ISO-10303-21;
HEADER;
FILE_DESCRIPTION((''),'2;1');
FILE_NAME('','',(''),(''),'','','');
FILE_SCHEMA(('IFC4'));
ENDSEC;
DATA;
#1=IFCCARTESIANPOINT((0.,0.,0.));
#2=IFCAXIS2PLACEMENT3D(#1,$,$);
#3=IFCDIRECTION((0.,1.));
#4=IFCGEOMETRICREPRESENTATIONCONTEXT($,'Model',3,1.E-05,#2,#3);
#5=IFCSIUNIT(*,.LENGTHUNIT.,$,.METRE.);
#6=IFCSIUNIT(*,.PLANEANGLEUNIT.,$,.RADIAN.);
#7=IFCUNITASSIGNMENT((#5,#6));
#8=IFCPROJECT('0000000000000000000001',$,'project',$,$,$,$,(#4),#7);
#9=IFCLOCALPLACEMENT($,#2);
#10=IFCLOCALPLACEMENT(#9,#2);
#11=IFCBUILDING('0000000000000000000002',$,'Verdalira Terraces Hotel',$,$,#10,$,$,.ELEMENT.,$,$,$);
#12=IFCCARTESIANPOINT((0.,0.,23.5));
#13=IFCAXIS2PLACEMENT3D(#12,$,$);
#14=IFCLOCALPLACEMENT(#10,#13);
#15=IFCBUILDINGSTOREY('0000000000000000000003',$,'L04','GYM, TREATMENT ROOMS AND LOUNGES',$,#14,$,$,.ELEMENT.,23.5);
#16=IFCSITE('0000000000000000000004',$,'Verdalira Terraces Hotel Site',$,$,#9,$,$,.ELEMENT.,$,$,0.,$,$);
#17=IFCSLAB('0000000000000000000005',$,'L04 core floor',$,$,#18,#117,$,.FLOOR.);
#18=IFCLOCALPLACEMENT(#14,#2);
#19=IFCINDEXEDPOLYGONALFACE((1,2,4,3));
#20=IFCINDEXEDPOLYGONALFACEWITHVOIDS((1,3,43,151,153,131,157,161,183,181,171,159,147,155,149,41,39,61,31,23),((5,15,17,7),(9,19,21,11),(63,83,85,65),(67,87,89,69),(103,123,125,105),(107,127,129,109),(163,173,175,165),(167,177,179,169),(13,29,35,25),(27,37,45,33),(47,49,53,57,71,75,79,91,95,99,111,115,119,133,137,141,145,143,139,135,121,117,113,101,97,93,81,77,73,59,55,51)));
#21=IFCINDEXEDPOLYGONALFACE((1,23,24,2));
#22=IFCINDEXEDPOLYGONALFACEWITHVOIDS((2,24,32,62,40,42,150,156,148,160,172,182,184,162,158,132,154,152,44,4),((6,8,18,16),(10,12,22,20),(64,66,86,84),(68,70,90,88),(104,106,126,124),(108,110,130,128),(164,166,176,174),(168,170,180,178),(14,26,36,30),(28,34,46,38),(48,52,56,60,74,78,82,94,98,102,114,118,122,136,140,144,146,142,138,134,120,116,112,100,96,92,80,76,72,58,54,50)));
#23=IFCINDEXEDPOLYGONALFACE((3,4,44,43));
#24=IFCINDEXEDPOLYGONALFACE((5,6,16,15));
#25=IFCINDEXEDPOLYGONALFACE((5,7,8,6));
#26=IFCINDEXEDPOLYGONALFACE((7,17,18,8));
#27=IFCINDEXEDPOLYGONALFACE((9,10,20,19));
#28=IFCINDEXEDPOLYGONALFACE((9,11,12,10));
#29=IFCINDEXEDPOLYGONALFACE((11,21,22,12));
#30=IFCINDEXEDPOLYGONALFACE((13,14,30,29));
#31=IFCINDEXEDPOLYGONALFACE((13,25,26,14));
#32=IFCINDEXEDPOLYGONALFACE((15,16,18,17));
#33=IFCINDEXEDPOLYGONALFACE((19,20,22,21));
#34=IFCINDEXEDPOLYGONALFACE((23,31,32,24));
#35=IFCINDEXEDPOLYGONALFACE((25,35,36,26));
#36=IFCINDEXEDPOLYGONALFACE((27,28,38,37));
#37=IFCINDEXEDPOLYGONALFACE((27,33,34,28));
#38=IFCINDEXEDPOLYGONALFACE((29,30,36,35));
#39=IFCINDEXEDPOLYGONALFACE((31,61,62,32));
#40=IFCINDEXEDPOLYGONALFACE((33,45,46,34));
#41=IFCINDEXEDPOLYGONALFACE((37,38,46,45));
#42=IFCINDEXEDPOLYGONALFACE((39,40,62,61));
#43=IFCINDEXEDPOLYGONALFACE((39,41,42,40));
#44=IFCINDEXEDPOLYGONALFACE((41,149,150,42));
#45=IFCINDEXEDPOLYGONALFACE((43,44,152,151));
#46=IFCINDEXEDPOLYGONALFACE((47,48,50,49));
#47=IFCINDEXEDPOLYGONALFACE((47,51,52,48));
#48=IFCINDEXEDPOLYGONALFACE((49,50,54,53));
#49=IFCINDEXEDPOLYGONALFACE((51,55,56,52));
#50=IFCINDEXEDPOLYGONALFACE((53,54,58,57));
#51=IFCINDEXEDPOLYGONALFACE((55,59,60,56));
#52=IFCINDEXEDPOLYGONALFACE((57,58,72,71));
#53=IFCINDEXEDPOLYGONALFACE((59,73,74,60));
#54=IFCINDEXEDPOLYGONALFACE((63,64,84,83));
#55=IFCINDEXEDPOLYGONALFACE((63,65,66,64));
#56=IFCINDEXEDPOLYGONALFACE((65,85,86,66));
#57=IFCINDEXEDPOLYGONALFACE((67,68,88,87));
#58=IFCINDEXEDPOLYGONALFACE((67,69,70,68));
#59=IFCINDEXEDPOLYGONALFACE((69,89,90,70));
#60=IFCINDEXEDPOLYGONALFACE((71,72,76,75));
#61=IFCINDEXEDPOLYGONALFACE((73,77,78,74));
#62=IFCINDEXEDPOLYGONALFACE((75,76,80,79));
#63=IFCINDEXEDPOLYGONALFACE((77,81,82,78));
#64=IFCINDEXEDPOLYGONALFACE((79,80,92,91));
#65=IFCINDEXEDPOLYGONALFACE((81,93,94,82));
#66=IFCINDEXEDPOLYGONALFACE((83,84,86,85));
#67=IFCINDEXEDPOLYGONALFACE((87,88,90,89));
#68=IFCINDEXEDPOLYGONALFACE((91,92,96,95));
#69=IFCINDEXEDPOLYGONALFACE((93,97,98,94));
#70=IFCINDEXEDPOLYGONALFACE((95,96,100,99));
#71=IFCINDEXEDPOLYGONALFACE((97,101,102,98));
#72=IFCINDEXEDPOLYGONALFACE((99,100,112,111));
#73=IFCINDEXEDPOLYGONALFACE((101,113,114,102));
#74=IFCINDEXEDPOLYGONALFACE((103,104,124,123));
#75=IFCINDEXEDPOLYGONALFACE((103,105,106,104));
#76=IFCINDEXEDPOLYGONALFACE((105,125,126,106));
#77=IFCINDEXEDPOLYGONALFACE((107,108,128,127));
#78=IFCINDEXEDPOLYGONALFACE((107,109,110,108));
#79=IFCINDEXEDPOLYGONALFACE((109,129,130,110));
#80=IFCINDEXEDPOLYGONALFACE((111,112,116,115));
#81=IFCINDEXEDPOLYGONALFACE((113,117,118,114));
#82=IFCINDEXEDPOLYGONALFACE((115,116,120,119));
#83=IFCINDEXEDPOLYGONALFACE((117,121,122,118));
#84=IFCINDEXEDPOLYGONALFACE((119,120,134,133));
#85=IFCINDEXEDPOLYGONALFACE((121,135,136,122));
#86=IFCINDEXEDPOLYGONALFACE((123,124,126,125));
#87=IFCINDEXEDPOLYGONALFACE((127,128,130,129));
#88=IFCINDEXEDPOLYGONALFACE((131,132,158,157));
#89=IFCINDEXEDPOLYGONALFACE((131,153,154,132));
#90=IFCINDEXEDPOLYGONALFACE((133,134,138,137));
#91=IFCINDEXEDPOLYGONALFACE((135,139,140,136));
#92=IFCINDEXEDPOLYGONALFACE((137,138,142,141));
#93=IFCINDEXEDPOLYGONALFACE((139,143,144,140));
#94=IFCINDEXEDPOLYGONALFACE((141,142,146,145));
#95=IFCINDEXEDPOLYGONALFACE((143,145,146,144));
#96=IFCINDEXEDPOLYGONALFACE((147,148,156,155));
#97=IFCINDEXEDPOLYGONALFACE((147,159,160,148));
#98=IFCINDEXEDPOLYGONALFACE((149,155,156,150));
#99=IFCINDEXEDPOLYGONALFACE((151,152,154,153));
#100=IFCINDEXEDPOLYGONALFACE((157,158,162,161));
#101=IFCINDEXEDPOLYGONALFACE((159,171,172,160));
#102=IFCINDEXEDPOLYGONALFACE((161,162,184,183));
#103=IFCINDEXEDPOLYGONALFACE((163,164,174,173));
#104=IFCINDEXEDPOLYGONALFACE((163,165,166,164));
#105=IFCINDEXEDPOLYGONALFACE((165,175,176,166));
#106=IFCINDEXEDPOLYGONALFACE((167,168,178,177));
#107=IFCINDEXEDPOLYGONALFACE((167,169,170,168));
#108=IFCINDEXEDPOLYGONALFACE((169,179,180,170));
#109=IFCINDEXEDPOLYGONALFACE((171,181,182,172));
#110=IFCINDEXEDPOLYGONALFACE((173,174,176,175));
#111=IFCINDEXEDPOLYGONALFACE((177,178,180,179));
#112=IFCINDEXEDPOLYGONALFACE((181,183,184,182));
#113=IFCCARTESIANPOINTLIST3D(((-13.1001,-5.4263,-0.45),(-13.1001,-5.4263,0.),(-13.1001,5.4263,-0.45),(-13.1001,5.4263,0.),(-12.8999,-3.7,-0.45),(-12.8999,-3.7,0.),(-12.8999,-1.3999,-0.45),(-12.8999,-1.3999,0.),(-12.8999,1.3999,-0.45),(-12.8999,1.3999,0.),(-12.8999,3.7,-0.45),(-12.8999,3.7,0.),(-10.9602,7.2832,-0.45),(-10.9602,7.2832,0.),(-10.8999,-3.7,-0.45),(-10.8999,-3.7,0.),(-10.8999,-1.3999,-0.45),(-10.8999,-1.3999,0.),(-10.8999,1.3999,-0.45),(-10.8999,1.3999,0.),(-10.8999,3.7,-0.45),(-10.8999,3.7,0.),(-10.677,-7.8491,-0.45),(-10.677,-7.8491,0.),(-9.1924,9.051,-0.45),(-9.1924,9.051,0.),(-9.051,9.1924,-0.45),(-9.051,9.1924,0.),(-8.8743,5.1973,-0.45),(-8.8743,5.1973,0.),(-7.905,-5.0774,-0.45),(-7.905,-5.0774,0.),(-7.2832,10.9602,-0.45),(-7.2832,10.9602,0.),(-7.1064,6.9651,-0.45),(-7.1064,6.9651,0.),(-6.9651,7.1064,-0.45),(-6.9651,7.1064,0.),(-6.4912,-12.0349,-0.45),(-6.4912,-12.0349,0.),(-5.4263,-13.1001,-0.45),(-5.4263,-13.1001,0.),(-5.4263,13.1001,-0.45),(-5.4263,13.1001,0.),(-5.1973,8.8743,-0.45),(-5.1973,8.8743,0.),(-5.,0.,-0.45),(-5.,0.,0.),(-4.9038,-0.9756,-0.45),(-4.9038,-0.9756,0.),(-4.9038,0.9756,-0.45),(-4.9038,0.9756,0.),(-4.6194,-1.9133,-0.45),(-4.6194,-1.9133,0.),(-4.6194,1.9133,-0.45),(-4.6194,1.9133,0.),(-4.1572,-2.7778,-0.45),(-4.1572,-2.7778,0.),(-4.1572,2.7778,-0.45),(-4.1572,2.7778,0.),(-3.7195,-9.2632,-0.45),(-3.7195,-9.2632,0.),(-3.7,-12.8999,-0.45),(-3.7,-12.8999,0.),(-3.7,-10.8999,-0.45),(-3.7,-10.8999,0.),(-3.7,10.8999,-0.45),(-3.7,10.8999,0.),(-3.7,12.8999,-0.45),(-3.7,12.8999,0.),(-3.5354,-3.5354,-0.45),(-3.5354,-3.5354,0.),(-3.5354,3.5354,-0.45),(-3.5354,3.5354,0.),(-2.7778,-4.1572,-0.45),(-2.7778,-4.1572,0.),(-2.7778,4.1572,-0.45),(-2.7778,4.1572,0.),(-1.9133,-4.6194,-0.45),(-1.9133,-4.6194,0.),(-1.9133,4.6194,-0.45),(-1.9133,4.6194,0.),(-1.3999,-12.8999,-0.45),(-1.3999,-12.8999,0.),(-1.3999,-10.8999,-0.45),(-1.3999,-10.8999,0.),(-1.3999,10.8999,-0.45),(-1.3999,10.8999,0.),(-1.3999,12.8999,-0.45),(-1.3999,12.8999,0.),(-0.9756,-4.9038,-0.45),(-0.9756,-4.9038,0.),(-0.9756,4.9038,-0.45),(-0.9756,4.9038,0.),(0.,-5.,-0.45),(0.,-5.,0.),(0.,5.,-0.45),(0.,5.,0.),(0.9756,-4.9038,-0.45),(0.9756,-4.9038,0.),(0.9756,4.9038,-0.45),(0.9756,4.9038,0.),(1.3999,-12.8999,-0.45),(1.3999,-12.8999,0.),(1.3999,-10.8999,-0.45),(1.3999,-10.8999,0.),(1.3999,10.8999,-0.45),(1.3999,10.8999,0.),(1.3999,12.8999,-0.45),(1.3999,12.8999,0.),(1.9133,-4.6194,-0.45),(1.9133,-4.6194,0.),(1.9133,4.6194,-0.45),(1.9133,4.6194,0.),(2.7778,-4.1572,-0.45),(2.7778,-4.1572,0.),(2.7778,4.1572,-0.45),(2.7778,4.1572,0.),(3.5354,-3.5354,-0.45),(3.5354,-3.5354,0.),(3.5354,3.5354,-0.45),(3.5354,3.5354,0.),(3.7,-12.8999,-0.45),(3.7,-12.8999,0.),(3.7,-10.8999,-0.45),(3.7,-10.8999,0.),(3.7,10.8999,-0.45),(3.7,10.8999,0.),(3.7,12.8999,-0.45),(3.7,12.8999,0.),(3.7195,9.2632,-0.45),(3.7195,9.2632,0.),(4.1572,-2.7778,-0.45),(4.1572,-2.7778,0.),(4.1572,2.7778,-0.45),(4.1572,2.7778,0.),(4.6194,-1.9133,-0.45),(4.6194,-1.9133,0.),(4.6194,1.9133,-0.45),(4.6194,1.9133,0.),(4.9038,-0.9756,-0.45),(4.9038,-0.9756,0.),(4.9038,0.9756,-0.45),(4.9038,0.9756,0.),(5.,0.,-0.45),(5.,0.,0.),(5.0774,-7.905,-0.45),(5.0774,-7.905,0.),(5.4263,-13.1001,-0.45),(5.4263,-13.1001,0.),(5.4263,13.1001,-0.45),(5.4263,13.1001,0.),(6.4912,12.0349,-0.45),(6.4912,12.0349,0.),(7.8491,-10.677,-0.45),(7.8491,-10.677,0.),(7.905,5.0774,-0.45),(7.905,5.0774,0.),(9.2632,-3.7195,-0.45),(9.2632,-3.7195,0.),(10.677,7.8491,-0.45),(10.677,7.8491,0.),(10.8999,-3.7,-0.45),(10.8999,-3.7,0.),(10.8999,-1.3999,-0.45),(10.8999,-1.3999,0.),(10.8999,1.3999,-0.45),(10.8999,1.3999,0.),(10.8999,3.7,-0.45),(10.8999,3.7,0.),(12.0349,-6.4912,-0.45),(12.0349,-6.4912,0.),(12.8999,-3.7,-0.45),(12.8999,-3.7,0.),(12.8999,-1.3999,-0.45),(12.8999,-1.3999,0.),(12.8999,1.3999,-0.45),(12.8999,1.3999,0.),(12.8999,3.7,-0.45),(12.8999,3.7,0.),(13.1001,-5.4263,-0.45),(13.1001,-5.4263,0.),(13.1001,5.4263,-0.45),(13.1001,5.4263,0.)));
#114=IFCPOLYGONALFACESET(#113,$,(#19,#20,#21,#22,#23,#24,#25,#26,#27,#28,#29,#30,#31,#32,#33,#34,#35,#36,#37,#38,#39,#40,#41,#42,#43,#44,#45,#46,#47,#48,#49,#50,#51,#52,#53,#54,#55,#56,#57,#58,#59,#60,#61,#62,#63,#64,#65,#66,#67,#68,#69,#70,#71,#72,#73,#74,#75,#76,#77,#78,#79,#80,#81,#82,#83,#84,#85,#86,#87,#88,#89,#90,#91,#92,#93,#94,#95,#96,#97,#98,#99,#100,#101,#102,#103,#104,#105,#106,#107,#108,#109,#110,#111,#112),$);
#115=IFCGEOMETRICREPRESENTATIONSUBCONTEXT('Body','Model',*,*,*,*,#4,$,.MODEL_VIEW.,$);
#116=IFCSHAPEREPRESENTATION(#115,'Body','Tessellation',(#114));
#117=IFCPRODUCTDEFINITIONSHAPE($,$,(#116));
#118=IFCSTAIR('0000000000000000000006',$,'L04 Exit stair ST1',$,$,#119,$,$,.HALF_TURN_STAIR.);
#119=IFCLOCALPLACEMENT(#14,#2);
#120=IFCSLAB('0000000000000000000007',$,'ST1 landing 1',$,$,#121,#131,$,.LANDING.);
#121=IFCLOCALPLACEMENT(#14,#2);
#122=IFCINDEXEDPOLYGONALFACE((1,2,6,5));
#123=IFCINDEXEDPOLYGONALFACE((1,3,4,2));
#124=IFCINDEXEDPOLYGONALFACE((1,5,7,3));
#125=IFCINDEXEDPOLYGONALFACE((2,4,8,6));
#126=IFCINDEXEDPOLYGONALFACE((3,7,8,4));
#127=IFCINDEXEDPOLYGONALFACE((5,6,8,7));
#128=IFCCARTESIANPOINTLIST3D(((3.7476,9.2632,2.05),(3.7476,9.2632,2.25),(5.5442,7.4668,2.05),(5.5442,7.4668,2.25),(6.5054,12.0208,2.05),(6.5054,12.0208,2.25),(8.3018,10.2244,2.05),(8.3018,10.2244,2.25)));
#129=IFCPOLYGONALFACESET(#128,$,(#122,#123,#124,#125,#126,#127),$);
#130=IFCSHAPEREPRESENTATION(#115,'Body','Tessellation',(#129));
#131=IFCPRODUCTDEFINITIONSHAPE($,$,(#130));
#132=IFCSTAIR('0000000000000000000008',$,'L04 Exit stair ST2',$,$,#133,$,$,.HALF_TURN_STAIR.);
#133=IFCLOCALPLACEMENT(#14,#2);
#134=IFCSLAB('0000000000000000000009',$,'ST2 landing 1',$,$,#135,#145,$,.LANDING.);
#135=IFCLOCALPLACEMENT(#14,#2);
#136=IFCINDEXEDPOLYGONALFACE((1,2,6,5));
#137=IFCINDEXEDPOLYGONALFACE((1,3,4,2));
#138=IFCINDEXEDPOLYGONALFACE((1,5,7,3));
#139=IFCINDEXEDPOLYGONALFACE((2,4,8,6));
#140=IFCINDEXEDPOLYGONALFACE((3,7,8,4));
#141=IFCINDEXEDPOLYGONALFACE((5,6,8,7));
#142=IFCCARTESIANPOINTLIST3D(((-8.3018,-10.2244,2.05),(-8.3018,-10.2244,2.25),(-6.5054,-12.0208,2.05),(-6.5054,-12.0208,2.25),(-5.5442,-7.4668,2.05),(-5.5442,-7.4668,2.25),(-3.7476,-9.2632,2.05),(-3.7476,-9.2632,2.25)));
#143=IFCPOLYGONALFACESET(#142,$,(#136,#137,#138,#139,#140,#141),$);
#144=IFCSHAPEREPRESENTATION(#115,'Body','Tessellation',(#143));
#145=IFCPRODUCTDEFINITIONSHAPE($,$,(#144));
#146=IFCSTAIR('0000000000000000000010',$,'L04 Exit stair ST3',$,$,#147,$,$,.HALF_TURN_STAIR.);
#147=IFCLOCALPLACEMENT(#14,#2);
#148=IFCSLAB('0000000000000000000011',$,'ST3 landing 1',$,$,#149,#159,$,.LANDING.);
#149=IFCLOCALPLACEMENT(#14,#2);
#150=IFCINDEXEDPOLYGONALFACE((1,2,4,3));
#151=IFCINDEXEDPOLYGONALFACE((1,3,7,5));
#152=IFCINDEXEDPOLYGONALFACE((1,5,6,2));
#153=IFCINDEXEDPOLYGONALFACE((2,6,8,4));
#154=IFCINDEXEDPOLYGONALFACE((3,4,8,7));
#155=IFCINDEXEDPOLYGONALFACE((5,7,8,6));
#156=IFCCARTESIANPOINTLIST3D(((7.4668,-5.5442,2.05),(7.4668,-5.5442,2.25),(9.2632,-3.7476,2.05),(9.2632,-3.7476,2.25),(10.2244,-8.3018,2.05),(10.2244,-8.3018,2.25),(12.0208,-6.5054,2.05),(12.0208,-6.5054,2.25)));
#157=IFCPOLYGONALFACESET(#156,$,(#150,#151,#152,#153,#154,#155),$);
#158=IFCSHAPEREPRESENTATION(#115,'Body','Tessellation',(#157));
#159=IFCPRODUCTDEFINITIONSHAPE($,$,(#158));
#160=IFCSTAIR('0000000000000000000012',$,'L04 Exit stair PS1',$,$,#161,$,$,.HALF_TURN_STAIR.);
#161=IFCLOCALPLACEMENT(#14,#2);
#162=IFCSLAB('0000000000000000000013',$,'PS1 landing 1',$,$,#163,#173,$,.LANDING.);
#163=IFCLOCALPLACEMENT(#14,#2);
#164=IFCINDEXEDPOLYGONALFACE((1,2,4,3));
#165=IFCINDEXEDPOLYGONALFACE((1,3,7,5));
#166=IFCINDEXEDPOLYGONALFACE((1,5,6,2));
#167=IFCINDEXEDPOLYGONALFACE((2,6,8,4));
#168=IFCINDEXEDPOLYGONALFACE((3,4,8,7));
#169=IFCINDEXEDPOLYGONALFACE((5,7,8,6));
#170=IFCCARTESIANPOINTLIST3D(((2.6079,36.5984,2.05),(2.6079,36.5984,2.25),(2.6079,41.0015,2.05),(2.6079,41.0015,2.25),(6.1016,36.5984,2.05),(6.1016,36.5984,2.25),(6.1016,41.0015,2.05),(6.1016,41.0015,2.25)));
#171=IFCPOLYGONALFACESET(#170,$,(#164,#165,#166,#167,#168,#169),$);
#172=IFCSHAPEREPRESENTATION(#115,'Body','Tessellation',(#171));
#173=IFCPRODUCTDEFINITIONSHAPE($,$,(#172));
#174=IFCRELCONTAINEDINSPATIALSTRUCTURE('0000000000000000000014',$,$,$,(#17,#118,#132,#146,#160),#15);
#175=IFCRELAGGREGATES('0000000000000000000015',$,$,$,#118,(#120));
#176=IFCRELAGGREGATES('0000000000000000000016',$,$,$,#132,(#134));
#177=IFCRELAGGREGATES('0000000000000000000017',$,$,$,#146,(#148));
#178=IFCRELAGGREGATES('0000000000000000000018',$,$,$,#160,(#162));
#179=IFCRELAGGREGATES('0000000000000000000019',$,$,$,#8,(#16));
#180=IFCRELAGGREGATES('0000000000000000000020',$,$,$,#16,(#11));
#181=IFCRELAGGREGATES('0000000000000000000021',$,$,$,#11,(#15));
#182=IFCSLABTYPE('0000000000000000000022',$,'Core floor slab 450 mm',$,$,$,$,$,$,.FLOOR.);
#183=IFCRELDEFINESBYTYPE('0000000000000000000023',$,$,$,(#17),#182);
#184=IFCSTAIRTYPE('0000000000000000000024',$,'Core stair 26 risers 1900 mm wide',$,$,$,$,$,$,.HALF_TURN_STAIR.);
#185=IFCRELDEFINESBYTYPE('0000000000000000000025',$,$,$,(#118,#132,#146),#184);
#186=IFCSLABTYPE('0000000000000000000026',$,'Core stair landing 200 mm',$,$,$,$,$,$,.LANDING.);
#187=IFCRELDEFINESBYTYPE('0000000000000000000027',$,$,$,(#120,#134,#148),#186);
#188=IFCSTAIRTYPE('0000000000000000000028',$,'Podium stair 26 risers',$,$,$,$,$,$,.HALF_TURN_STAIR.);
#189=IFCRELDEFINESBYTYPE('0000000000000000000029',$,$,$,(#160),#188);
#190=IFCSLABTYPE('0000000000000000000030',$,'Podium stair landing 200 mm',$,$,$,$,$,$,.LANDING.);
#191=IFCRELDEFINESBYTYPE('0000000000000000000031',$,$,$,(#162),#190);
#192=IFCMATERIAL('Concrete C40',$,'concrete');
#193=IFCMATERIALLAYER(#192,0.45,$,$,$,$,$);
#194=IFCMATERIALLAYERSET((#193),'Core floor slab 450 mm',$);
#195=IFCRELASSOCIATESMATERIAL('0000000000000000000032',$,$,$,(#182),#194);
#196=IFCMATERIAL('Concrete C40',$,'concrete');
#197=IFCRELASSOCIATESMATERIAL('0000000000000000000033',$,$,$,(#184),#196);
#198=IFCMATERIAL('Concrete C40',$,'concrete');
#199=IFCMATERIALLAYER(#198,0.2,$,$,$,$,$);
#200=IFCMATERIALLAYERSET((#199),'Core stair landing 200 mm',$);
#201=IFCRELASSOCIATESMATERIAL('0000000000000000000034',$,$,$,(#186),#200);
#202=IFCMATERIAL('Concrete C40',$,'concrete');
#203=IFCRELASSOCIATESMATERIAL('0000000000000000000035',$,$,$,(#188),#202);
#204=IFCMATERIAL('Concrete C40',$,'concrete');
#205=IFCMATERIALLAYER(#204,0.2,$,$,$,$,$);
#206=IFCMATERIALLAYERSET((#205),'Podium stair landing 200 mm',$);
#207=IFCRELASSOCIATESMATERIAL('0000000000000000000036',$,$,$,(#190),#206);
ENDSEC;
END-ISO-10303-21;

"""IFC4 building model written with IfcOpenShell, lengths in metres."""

from ifc_helpers import new_model, si_unit, direction, frame, origin, place, context, subcontext, project, spatial, polyline, outline, extrude, material, layer, layer_set, type_object, element, aggregate, save


model = new_model("IFC4")

# Units and contexts
model_context = context("Model", 3, precision=1e-05, world=origin(), true_north=direction((0.0, 1.0)))
body_context = subcontext(model_context, "Body", "Model", "MODEL_VIEW")
ifc_project = project(units=[si_unit("LENGTHUNIT", "METRE"), si_unit("PLANEANGLEUNIT", "RADIAN")], contexts=[model_context])

# Site, building, storey
site_placement = place(None, origin())
site = spatial("IfcSite", under=ifc_project, at=site_placement, Name="Verdalira Terraces Hotel Site", CompositionType="ELEMENT", RefElevation=0.0)
building_placement = place(site_placement, origin())
building = spatial("IfcBuilding", under=site, at=building_placement, Name="Verdalira Terraces Hotel", CompositionType="ELEMENT")
storey_placement = place(building_placement, frame((0.0, 0.0, 23.5)))
storey = spatial("IfcBuildingStorey", under=building, at=storey_placement, Name="L04", Description="GYM, TREATMENT ROOMS AND LOUNGES", CompositionType="ELEMENT", Elevation=23.5)

# Slab
ifc_material_1 = material(Name="Concrete C40", Category="concrete")
ifc_layer_1 = layer(ifc_material_1, 0.45)
ifc_layer_set_1 = layer_set([ifc_layer_1], Name="Core floor slab 450 mm")
slab_type_1 = type_object("IfcSlabType", Name="Core floor slab 450 mm", PredefinedType="FLOOR", material=ifc_layer_set_1)
slab_1_placement = place(storey_placement, frame((0.0, 0.0, -0.45)))
element("IfcSlab", 1, at=slab_1_placement, inside=storey, type_object=slab_type_1, Name="L04 core floor", PredefinedType="FLOOR", context=body_context, shape_type="SweptSolid", body=[
    extrude(outline(polyline([(-5.4263, 13.1001), (5.4263, 13.1001), (6.4912, 12.0349), (3.7195, 9.2632), (7.905, 5.0774), (10.677, 7.8491), (13.1001, 5.4263), (13.1001, -5.4263), (12.0349, -6.4912), (9.2632, -3.7195), (5.0774, -7.905), (7.8491, -10.677), (5.4263, -13.1001), (-5.4263, -13.1001), (-6.4912, -12.0349), (-3.7195, -9.2632), (-7.905, -5.0774), (-10.677, -7.8491), (-13.1001, -5.4263), (-13.1001, 5.4263), (-5.4263, 13.1001)]), holes=[polyline([(12.8999, -3.7), (12.8999, -1.3999), (10.8999, -1.3999), (10.8999, -3.7), (12.8999, -3.7)]), polyline([(12.8999, 1.3999), (12.8999, 3.7), (10.8999, 3.7), (10.8999, 1.3999), (12.8999, 1.3999)]), polyline([(1.3999, 10.8999), (3.7, 10.8999), (3.7, 12.8999), (1.3999, 12.8999), (1.3999, 10.8999)]), polyline([(-3.7, 10.8999), (-1.3999, 10.8999), (-1.3999, 12.8999), (-3.7, 12.8999), (-3.7, 10.8999)]), polyline([(-12.8999, 3.7), (-12.8999, 1.3999), (-10.8999, 1.3999), (-10.8999, 3.7), (-12.8999, 3.7)]), polyline([(-12.8999, -1.3999), (-12.8999, -3.7), (-10.8999, -3.7), (-10.8999, -1.3999), (-12.8999, -1.3999)]), polyline([(-1.3999, -10.8999), (-3.7, -10.8999), (-3.7, -12.8999), (-1.3999, -12.8999), (-1.3999, -10.8999)]), polyline([(3.7, -10.8999), (1.3999, -10.8999), (1.3999, -12.8999), (3.7, -12.8999), (3.7, -10.8999)]), polyline([(-9.051, 9.1924), (-6.9651, 7.1064), (-5.1973, 8.8743), (-7.2832, 10.9602), (-9.051, 9.1924)]), polyline([(-9.1924, 9.051), (-10.9602, 7.2832), (-8.8743, 5.1973), (-7.1064, 6.9651), (-9.1924, 9.051)]), polyline([(3.5354, 3.5354), (2.7778, 4.1572), (1.9133, 4.6194), (0.9756, 4.9038), (0.0, 5.0), (-0.9756, 4.9038), (-1.9133, 4.6194), (-2.7778, 4.1572), (-3.5354, 3.5354), (-4.1572, 2.7778), (-4.6194, 1.9133), (-4.9038, 0.9756), (-5.0, 0.0), (-4.9038, -0.9756), (-4.6194, -1.9133), (-4.1572, -2.7778), (-3.5354, -3.5354), (-2.7778, -4.1572), (-1.9133, -4.6194), (-0.9756, -4.9038), (0.0, -5.0), (0.9756, -4.9038), (1.9133, -4.6194), (2.7778, -4.1572), (3.5354, -3.5354), (4.1572, -2.7778), (4.6194, -1.9133), (4.9038, -0.9756), (5.0, 0.0), (4.9038, 0.9756), (4.6194, 1.9133), (4.1572, 2.7778), (3.5354, 3.5354)])]), origin(), (0.0, 0.0, 1.0), 0.45),
])

# Stairs, slabs
ifc_material_2 = material(Name="Concrete C40", Category="concrete")
stair_type_1 = type_object("IfcStairType", Name="Core stair 26 risers 1900 mm wide", PredefinedType="HALF_TURN_STAIR", material=ifc_material_2)
stair_1_placement = place(storey_placement, origin())
stair_1 = element("IfcStair", 2, at=stair_1_placement, inside=storey, type_object=stair_type_1, Name="L04 Exit stair ST1", PredefinedType="HALF_TURN_STAIR")
ifc_material_3 = material(Name="Concrete C40", Category="concrete")
ifc_layer_2 = layer(ifc_material_3, 0.2)
ifc_layer_set_2 = layer_set([ifc_layer_2], Name="Core stair landing 200 mm")
slab_type_2 = type_object("IfcSlabType", Name="Core stair landing 200 mm", PredefinedType="LANDING", material=ifc_layer_set_2)
slab_2_placement = place(storey_placement, frame((0.0, 0.0, 2.05)))
slab_2 = element("IfcSlab", 3, at=slab_2_placement, type_object=slab_type_2, Name="ST1 landing 1", PredefinedType="LANDING", context=body_context, shape_type="SweptSolid", body=[
    extrude(outline(polyline([(8.3018, 10.2244), (6.5054, 12.0208), (3.7476, 9.2632), (5.5442, 7.4668), (8.3018, 10.2244)])), origin(), (0.0, 0.0, 1.0), 0.2),
])
aggregate(stair_1, [slab_2])
stair_2_placement = place(storey_placement, origin())
stair_2 = element("IfcStair", 4, at=stair_2_placement, inside=storey, type_object=stair_type_1, Name="L04 Exit stair ST2", PredefinedType="HALF_TURN_STAIR")
slab_3_placement = place(storey_placement, frame((0.0, 0.0, 2.05)))
slab_3 = element("IfcSlab", 5, at=slab_3_placement, type_object=slab_type_2, Name="ST2 landing 1", PredefinedType="LANDING", context=body_context, shape_type="SweptSolid", body=[
    extrude(outline(polyline([(-8.3018, -10.2244), (-6.5054, -12.0208), (-3.7476, -9.2632), (-5.5442, -7.4668), (-8.3018, -10.2244)])), origin(), (0.0, 0.0, 1.0), 0.2),
])
aggregate(stair_2, [slab_3])
stair_3_placement = place(storey_placement, origin())
stair_3 = element("IfcStair", 6, at=stair_3_placement, inside=storey, type_object=stair_type_1, Name="L04 Exit stair ST3", PredefinedType="HALF_TURN_STAIR")
slab_4_placement = place(storey_placement, frame((0.0, 0.0, 2.05)))
slab_4 = element("IfcSlab", 7, at=slab_4_placement, type_object=slab_type_2, Name="ST3 landing 1", PredefinedType="LANDING", context=body_context, shape_type="SweptSolid", body=[
    extrude(outline(polyline([(10.2244, -8.3018), (12.0208, -6.5054), (9.2632, -3.7476), (7.4668, -5.5442), (10.2244, -8.3018)])), origin(), (0.0, 0.0, 1.0), 0.2),
])
aggregate(stair_3, [slab_4])
ifc_material_4 = material(Name="Concrete C40", Category="concrete")
stair_type_2 = type_object("IfcStairType", Name="Podium stair 26 risers", PredefinedType="HALF_TURN_STAIR", material=ifc_material_4)
stair_4_placement = place(storey_placement, origin())
stair_4 = element("IfcStair", 8, at=stair_4_placement, inside=storey, type_object=stair_type_2, Name="L04 Exit stair PS1", PredefinedType="HALF_TURN_STAIR")
ifc_material_5 = material(Name="Concrete C40", Category="concrete")
ifc_layer_3 = layer(ifc_material_5, 0.2)
ifc_layer_set_3 = layer_set([ifc_layer_3], Name="Podium stair landing 200 mm")
slab_type_3 = type_object("IfcSlabType", Name="Podium stair landing 200 mm", PredefinedType="LANDING", material=ifc_layer_set_3)
slab_5_placement = place(storey_placement, frame((0.0, 0.0, 2.05)))
slab_5 = element("IfcSlab", 9, at=slab_5_placement, type_object=slab_type_3, Name="PS1 landing 1", PredefinedType="LANDING", context=body_context, shape_type="SweptSolid", body=[
    extrude(outline(polyline([(6.1016, 41.0015), (2.6079, 41.0015), (2.6079, 36.5984), (6.1016, 36.5984), (6.1016, 41.0015)])), origin(), (0.0, 0.0, 1.0), 0.2),
])
aggregate(stair_4, [slab_5])

save(model, "model.ifc")
